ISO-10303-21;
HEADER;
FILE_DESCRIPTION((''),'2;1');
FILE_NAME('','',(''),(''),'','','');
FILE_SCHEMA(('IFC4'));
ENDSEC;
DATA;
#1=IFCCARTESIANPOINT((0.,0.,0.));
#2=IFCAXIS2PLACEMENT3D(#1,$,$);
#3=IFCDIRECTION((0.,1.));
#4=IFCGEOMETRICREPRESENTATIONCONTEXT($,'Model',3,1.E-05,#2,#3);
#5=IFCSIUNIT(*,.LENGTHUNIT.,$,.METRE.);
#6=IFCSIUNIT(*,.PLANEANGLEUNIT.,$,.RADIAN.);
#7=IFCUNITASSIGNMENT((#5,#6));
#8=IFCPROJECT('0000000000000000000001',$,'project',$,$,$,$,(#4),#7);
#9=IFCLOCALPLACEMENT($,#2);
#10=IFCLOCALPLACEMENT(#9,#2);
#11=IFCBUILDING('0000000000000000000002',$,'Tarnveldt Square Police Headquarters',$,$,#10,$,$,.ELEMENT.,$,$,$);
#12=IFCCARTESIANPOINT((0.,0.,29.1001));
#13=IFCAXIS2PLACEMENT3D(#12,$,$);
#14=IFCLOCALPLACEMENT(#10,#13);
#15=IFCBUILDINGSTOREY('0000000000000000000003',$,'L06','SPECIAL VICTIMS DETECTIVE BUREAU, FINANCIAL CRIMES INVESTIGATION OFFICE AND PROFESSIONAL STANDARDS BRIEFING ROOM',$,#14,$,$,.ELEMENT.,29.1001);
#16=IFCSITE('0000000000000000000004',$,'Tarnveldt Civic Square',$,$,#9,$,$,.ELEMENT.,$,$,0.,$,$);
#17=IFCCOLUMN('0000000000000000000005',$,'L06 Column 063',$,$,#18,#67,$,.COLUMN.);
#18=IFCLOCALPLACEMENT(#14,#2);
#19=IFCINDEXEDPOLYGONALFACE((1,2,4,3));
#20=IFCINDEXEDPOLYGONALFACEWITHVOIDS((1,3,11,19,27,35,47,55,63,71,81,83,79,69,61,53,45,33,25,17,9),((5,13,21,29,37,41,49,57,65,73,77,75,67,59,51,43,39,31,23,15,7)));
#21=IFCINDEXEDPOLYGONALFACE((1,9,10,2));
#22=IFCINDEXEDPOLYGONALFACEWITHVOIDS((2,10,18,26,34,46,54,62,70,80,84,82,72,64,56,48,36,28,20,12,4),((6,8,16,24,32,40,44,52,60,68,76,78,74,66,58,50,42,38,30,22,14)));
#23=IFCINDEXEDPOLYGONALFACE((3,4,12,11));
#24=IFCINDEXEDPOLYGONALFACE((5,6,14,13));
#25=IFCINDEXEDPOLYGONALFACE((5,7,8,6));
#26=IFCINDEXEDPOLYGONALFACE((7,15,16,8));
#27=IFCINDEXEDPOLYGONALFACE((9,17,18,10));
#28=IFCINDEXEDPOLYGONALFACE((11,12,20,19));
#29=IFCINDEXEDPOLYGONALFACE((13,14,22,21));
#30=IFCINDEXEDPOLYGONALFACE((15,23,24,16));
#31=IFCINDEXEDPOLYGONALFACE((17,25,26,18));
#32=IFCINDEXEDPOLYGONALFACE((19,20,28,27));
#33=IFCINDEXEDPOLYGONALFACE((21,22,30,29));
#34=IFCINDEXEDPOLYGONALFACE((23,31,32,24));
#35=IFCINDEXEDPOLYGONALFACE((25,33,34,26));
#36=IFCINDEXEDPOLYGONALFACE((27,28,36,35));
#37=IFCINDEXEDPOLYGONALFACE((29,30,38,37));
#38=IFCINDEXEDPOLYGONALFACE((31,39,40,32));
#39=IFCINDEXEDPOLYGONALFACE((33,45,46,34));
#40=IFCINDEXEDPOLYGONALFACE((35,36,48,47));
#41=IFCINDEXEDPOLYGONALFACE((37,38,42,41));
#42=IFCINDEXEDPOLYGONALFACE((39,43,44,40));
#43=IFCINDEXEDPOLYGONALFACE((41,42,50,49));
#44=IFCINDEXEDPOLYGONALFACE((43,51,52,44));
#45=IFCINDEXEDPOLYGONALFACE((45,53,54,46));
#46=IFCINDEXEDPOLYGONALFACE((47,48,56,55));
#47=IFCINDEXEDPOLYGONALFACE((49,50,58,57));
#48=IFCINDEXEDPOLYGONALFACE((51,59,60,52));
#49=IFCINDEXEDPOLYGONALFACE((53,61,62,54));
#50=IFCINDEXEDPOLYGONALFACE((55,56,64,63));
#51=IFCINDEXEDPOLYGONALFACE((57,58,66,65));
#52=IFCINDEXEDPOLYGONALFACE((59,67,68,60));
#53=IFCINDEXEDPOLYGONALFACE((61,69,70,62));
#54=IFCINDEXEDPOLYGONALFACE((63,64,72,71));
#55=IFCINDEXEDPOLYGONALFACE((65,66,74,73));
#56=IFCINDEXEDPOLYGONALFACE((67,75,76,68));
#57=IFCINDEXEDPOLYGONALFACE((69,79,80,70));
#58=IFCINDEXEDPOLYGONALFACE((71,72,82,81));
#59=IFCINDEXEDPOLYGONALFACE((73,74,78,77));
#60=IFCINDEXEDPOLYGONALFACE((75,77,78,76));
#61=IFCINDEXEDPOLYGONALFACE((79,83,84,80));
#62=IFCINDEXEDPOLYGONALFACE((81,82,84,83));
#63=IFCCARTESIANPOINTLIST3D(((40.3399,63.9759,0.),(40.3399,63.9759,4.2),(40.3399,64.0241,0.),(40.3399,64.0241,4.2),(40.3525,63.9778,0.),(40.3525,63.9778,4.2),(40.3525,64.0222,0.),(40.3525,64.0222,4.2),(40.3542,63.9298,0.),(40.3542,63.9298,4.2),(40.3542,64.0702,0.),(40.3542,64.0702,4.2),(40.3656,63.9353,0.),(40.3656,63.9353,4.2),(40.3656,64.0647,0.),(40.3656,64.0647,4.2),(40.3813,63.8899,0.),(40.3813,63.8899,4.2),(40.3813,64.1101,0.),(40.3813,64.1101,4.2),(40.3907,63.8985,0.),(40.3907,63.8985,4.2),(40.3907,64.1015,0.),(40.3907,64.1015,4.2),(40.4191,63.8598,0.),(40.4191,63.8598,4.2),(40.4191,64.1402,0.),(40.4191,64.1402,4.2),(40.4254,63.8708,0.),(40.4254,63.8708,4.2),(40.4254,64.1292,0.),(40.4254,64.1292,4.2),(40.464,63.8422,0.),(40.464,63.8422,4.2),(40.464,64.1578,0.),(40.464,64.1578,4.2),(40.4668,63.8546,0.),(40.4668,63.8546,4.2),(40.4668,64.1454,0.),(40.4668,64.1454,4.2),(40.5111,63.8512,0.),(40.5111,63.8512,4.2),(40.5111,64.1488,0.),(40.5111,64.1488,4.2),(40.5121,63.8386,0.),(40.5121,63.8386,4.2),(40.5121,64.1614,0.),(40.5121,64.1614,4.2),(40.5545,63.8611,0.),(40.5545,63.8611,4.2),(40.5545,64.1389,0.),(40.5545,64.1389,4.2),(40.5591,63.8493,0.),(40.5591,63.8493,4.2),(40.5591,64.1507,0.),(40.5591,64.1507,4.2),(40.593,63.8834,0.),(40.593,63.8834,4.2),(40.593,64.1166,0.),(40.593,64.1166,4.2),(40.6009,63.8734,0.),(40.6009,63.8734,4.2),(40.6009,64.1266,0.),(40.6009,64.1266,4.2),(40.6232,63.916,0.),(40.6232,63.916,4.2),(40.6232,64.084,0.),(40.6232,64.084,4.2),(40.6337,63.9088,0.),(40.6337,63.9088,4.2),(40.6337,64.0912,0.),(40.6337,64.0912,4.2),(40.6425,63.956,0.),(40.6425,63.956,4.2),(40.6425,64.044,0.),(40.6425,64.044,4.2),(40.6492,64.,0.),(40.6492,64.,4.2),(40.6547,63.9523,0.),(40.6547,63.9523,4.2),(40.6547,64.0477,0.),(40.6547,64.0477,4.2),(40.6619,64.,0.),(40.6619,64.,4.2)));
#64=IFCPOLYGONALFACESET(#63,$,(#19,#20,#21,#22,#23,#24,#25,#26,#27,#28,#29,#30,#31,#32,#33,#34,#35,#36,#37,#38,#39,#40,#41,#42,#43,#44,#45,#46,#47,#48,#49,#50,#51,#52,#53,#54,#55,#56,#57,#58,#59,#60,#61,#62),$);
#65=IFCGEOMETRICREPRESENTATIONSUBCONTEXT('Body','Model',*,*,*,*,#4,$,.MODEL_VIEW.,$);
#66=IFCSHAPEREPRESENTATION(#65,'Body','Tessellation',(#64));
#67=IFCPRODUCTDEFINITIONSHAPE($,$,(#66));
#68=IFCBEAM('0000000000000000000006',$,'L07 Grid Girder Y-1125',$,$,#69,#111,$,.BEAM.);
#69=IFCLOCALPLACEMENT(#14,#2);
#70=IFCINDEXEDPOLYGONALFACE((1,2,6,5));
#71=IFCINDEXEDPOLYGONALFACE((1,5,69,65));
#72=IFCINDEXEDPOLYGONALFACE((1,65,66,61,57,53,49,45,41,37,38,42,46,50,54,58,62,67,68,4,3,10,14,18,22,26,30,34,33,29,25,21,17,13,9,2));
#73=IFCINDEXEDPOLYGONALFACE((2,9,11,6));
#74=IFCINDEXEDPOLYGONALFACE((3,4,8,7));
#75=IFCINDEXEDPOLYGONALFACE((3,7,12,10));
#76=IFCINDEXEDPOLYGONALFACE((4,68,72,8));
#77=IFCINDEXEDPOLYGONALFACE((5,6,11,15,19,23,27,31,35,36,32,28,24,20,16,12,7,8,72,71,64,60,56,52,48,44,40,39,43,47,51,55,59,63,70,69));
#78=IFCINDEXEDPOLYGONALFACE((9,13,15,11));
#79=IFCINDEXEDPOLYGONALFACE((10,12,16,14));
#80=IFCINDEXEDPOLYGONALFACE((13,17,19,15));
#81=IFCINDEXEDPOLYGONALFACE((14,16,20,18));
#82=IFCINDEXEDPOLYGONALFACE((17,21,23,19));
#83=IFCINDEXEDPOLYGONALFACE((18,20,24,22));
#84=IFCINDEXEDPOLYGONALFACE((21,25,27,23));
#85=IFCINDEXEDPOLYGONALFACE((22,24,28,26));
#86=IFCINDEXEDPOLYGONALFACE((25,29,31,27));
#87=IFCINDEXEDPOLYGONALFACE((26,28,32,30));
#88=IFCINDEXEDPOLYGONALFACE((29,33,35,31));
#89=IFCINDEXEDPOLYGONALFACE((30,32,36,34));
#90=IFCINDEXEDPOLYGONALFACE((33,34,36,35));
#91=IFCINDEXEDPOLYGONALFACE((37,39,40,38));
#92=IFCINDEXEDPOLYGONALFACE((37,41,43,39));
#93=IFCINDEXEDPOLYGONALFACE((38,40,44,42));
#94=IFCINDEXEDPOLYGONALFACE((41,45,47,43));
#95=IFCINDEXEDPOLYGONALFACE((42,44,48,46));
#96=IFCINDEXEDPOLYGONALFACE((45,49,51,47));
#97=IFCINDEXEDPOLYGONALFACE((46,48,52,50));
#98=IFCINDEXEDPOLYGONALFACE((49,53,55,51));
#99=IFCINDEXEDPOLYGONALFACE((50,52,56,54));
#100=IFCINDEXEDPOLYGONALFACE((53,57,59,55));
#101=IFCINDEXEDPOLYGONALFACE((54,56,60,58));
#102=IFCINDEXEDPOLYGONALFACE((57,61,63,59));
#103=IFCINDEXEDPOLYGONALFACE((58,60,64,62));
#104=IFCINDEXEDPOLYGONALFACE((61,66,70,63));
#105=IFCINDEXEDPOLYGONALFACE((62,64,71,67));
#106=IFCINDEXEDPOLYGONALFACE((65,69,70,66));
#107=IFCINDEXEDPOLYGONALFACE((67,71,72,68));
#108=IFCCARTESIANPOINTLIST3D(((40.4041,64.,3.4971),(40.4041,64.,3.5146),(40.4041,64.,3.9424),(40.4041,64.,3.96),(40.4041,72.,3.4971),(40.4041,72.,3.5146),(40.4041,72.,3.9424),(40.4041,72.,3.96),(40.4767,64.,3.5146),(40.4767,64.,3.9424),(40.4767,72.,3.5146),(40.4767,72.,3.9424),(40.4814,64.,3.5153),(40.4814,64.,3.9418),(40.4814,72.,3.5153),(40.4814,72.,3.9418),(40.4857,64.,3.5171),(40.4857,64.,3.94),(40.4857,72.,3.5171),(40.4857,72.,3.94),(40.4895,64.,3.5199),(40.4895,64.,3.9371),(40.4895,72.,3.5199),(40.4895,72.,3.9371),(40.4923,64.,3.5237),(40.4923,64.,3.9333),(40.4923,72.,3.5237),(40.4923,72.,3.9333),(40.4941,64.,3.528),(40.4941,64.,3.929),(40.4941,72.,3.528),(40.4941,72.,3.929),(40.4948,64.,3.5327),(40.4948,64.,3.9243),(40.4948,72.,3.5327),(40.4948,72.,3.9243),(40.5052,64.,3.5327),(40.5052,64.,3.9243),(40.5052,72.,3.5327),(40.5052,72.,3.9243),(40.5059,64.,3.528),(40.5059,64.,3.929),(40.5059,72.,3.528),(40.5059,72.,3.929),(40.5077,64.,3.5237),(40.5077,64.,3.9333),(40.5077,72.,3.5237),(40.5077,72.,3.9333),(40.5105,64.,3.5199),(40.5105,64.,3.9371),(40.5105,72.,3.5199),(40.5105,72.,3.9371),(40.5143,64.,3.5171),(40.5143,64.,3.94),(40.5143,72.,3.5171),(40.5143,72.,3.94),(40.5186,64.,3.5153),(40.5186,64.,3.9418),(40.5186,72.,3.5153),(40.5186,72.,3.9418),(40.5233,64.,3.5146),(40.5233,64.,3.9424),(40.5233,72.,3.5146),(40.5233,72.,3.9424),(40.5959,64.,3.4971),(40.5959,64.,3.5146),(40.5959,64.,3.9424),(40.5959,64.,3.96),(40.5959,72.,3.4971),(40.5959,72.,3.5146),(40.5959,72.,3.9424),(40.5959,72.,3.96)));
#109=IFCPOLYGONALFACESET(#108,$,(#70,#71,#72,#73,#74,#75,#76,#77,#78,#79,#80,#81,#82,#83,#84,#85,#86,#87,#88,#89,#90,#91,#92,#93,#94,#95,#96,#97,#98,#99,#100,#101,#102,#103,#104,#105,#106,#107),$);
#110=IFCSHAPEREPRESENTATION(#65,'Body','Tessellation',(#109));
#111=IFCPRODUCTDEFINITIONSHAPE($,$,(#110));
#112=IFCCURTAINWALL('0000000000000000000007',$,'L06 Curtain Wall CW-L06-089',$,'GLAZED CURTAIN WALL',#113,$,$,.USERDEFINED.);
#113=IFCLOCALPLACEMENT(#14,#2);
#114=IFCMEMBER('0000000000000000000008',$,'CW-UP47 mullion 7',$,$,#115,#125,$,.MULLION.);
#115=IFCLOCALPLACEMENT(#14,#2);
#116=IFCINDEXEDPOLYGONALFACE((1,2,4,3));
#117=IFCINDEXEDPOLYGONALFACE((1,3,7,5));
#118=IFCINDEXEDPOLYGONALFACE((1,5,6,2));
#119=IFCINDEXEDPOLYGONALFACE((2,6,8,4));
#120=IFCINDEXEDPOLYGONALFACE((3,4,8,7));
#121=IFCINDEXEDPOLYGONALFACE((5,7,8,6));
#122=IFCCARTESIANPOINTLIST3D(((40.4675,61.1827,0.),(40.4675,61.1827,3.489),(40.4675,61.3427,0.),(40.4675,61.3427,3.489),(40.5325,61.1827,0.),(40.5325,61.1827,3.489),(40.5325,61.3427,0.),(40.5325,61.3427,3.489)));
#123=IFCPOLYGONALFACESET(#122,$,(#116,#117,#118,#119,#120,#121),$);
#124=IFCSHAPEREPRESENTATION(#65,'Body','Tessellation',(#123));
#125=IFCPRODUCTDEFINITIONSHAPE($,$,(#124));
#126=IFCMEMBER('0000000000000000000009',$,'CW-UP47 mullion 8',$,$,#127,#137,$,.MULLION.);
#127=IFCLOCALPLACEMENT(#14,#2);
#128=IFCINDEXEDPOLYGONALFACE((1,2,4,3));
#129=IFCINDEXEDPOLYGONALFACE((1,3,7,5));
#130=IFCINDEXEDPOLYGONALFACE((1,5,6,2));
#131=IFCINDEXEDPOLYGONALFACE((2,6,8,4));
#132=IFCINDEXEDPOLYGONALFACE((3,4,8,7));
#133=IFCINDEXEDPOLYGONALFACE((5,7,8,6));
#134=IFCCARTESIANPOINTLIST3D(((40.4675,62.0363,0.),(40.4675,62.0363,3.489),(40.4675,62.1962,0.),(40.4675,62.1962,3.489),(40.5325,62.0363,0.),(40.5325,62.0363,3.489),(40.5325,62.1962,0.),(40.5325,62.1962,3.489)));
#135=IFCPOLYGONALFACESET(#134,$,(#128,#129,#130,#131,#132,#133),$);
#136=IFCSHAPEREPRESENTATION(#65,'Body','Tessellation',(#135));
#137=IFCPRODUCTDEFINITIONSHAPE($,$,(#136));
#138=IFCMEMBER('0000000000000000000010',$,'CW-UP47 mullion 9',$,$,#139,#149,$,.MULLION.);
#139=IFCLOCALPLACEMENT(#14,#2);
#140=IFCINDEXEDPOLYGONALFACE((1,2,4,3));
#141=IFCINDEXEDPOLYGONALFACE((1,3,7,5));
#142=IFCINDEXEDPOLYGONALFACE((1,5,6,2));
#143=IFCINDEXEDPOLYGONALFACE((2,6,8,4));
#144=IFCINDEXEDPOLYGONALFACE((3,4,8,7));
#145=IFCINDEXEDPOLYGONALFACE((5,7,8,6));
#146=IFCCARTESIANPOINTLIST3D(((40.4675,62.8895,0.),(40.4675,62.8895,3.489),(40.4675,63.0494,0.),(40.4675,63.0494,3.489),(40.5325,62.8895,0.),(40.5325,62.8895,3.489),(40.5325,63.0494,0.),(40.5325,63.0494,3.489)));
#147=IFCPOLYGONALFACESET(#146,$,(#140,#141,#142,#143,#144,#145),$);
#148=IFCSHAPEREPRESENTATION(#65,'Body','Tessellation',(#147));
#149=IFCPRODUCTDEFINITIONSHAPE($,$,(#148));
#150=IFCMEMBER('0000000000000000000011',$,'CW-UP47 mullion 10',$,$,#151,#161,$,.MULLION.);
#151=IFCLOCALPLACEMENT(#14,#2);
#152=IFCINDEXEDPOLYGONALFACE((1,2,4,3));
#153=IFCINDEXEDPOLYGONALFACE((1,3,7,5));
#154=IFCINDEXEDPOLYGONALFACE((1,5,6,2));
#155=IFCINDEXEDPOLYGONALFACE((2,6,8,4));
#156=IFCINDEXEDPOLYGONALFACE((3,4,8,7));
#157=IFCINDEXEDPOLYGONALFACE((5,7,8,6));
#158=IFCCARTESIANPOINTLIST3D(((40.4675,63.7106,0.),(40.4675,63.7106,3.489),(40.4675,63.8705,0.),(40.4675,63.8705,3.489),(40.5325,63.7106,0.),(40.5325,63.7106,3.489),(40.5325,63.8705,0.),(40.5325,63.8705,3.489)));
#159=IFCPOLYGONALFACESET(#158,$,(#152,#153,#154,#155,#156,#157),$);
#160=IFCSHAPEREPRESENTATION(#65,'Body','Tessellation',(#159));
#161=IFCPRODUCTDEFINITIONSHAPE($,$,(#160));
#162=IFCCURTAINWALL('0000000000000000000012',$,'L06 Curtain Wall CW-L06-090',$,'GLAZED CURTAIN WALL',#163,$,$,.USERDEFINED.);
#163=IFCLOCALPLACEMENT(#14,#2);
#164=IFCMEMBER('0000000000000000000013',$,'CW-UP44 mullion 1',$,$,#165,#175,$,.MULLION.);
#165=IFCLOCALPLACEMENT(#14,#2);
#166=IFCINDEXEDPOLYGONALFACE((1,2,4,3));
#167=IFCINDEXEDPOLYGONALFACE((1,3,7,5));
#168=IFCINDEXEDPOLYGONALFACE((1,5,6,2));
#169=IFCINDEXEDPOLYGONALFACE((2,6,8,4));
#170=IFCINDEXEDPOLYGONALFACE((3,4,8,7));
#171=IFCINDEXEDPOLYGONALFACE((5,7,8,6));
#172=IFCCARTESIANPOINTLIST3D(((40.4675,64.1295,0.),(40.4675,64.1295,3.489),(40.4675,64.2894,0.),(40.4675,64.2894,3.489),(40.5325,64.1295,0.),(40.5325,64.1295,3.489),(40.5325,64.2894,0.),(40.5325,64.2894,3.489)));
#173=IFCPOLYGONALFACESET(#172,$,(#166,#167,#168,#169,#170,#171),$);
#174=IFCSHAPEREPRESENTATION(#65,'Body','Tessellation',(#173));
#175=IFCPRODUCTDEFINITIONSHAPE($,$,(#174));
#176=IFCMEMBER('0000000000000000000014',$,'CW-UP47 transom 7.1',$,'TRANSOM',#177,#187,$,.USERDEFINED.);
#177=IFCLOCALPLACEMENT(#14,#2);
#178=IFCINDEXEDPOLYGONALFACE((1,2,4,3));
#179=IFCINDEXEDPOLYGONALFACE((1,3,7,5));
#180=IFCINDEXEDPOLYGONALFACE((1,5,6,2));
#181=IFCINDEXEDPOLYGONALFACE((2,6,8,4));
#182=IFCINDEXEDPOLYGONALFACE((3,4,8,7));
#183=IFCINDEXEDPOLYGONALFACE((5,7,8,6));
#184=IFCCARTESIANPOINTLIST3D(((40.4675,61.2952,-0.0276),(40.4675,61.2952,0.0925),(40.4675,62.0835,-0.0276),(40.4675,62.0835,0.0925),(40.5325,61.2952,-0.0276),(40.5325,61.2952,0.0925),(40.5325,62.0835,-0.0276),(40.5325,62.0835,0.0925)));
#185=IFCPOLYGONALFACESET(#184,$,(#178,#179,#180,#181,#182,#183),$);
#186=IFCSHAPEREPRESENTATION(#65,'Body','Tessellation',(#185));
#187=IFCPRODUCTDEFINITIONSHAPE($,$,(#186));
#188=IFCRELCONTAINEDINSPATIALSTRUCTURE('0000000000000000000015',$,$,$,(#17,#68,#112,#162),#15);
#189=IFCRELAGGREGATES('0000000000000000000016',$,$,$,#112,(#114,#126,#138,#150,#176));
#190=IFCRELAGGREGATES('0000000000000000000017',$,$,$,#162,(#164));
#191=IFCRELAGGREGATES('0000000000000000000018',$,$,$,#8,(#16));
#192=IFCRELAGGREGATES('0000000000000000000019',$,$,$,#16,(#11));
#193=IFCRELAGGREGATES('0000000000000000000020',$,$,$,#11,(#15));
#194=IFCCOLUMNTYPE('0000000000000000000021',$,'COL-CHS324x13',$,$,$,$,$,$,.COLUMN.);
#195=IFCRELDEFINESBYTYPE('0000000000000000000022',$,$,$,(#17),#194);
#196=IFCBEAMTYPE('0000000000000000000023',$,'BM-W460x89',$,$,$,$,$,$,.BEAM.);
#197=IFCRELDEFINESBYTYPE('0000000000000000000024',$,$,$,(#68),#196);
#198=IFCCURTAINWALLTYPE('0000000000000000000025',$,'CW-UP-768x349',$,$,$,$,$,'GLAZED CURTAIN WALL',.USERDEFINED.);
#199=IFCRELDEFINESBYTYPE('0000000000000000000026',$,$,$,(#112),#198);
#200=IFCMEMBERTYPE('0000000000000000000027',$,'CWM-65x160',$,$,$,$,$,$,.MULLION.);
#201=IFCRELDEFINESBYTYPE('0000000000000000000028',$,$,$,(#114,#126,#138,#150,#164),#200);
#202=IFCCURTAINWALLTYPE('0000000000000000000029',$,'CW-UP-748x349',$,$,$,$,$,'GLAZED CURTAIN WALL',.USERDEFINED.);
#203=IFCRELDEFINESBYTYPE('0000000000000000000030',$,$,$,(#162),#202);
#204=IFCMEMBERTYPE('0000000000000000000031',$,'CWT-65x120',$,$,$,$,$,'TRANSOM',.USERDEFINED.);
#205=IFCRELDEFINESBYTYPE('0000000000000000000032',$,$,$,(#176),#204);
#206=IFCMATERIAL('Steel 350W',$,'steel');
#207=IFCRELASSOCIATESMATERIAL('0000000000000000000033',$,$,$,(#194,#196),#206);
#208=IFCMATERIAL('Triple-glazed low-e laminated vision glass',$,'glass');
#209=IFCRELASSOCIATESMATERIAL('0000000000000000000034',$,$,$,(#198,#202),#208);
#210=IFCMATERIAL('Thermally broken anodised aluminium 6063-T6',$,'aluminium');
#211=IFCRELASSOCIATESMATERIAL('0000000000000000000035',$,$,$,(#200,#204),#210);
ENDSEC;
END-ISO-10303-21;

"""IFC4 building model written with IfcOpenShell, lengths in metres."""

from ifc_helpers import new_model, si_unit, direction, frame, origin, origin_2d, place, context, subcontext, project, spatial, rectangle, hollow_circle, i_section, extrude, material, material_profile, profile_set, type_object, element, aggregate, save


model = new_model("IFC4")

# Units and contexts
model_context = context("Model", 3, precision=1e-05, world=origin(), true_north=direction((0.0, 1.0)))
body_context = subcontext(model_context, "Body", "Model", "MODEL_VIEW")
ifc_project = project(units=[si_unit("LENGTHUNIT", "METRE"), si_unit("PLANEANGLEUNIT", "RADIAN")], contexts=[model_context])

# Site, building, storey
site_placement = place(None, origin())
site = spatial("IfcSite", under=ifc_project, at=site_placement, Name="Tarnveldt Civic Square", CompositionType="ELEMENT", RefElevation=0.0)
building_placement = place(site_placement, origin())
building = spatial("IfcBuilding", under=site, at=building_placement, Name="Tarnveldt Square Police Headquarters", CompositionType="ELEMENT")
storey_placement = place(building_placement, frame((0.0, 0.0, 29.1001)))
storey = spatial("IfcBuildingStorey", under=building, at=storey_placement, Name="L06", Description="SPECIAL VICTIMS DETECTIVE BUREAU, FINANCIAL CRIMES INVESTIGATION OFFICE AND PROFESSIONAL STANDARDS BRIEFING ROOM", CompositionType="ELEMENT", Elevation=29.1001)

# Column
ifc_material_1 = material(Name="Steel 350W", Category="steel")
ifc_material_profile_1 = material_profile(ifc_material_1, hollow_circle(Radius=0.1619, WallThickness=0.0127, at=origin_2d()), Name="HSS324x13")
ifc_profile_set_1 = profile_set([ifc_material_profile_1], Name="Steel 350W")
column_type = type_object("IfcColumnType", Name="COL-CHS324x13", PredefinedType="COLUMN", material=ifc_profile_set_1)
column_placement = place(storey_placement, frame((40.5, 64.0, 0.0), z_axis=(0.0, 0.0, 1.0), x_axis=(1.0, 0.0, 0.0)))
element("IfcColumn", 1, at=column_placement, inside=storey, type_object=column_type, Name="L06 Column 063", PredefinedType="COLUMN", context=body_context, shape_type="SweptSolid", body=[
    extrude(hollow_circle(Radius=0.1619, WallThickness=0.0127, at=origin_2d()), origin(), (0.0, 0.0, 1.0), 4.2),
])

# Beam
ifc_material_profile_2 = material_profile(ifc_material_1, i_section(OverallWidth=0.1919, OverallDepth=0.4629, WebThickness=0.0105, FlangeThickness=0.0176, FilletRadius=0.0181, at=origin_2d()), Name="W460x89")
ifc_profile_set_2 = profile_set([ifc_material_profile_2], Name="Steel 350W")
beam_type = type_object("IfcBeamType", Name="BM-W460x89", PredefinedType="BEAM", material=ifc_profile_set_2)
beam_placement = place(storey_placement, frame((40.5, 64.0, 3.7285), z_axis=(0.0, 1.0, 0.0), x_axis=(-1.0, 0.0, 0.0)))
element("IfcBeam", 2, at=beam_placement, inside=storey, type_object=beam_type, Name="L07 Grid Girder Y-1125", PredefinedType="BEAM", context=body_context, shape_type="SweptSolid", body=[
    extrude(i_section(OverallWidth=0.1919, OverallDepth=0.4629, WebThickness=0.0105, FlangeThickness=0.0176, FilletRadius=0.0181, at=origin_2d()), origin(), (0.0, 0.0, 1.0), 8.0),
])

# Curtain wall, members
ifc_material_2 = material(Name="Triple-glazed low-e laminated vision glass", Category="glass")
curtain_wall_type_1 = type_object("IfcCurtainWallType", Name="CW-UP-768x349", ElementType="GLAZED CURTAIN WALL", PredefinedType="USERDEFINED", material=ifc_material_2)
curtain_wall_1_placement = place(storey_placement, origin())
curtain_wall_1 = element("IfcCurtainWall", 3, at=curtain_wall_1_placement, inside=storey, type_object=curtain_wall_type_1, Name="L06 Curtain Wall CW-L06-089", ObjectType="GLAZED CURTAIN WALL", PredefinedType="USERDEFINED")
ifc_material_3 = material(Name="Thermally broken anodised aluminium 6063-T6", Category="aluminium")
ifc_material_profile_3 = material_profile(ifc_material_3, rectangle(XDim=0.0649, YDim=0.1599, at=origin_2d()), Name="CW-M65x160")
ifc_profile_set_3 = profile_set([ifc_material_profile_3], Name="Thermally broken anodised aluminium 6063-T6")
member_type_1 = type_object("IfcMemberType", Name="CWM-65x160", PredefinedType="MULLION", material=ifc_profile_set_3)
member_1_placement = place(storey_placement, frame((40.5, 61.2627, 0.0), z_axis=(0.0, 0.0, 1.0), x_axis=(-1.0, 0.0, 0.0)))
member_1 = element("IfcMember", 4, at=member_1_placement, type_object=member_type_1, Name="CW-UP47 mullion 7", PredefinedType="MULLION", context=body_context, shape_type="SweptSolid", body=[
    extrude(rectangle(XDim=0.0649, YDim=0.1599, at=origin_2d()), origin(), (0.0, 0.0, 1.0), 3.489),
])
member_2_placement = place(storey_placement, frame((40.5, 62.1162, 0.0), z_axis=(0.0, 0.0, 1.0), x_axis=(-1.0, 0.0, 0.0)))
member_2 = element("IfcMember", 5, at=member_2_placement, type_object=member_type_1, Name="CW-UP47 mullion 8", PredefinedType="MULLION", context=body_context, shape_type="SweptSolid", body=[
    extrude(rectangle(XDim=0.0649, YDim=0.1599, at=origin_2d()), origin(), (0.0, 0.0, 1.0), 3.489),
])
member_3_placement = place(storey_placement, frame((40.5, 62.9695, 0.0), z_axis=(0.0, 0.0, 1.0), x_axis=(-1.0, 0.0, 0.0)))
member_3 = element("IfcMember", 6, at=member_3_placement, type_object=member_type_1, Name="CW-UP47 mullion 9", PredefinedType="MULLION", context=body_context, shape_type="SweptSolid", body=[
    extrude(rectangle(XDim=0.0649, YDim=0.1599, at=origin_2d()), origin(), (0.0, 0.0, 1.0), 3.489),
])
member_4_placement = place(storey_placement, frame((40.5, 63.7905, 0.0), z_axis=(0.0, 0.0, 1.0), x_axis=(-1.0, 0.0, 0.0)))
member_4 = element("IfcMember", 7, at=member_4_placement, type_object=member_type_1, Name="CW-UP47 mullion 10", PredefinedType="MULLION", context=body_context, shape_type="SweptSolid", body=[
    extrude(rectangle(XDim=0.0649, YDim=0.1599, at=origin_2d()), origin(), (0.0, 0.0, 1.0), 3.489),
])

# Curtain wall, member
curtain_wall_type_2 = type_object("IfcCurtainWallType", Name="CW-UP-748x349", ElementType="GLAZED CURTAIN WALL", PredefinedType="USERDEFINED", material=ifc_material_2)
curtain_wall_2_placement = place(storey_placement, origin())
curtain_wall_2 = element("IfcCurtainWall", 8, at=curtain_wall_2_placement, inside=storey, type_object=curtain_wall_type_2, Name="L06 Curtain Wall CW-L06-090", ObjectType="GLAZED CURTAIN WALL", PredefinedType="USERDEFINED")
member_5_placement = place(storey_placement, frame((40.5, 64.2095, 0.0), z_axis=(0.0, 0.0, 1.0), x_axis=(-1.0, 0.0, 0.0)))
member_5 = element("IfcMember", 9, at=member_5_placement, type_object=member_type_1, Name="CW-UP44 mullion 1", PredefinedType="MULLION", context=body_context, shape_type="SweptSolid", body=[
    extrude(rectangle(XDim=0.0649, YDim=0.1599, at=origin_2d()), origin(), (0.0, 0.0, 1.0), 3.489),
])

# Member
ifc_material_profile_4 = material_profile(ifc_material_3, rectangle(XDim=0.0649, YDim=0.1201, at=origin_2d()), Name="CW-T65x120")
ifc_profile_set_4 = profile_set([ifc_material_profile_4], Name="Thermally broken anodised aluminium 6063-T6")
member_type_2 = type_object("IfcMemberType", Name="CWT-65x120", ElementType="TRANSOM", PredefinedType="USERDEFINED", material=ifc_profile_set_4)
member_6_placement = place(storey_placement, frame((40.5, 61.2952, 0.0325), z_axis=(0.0, 1.0, 0.0), x_axis=(-1.0, 0.0, 0.0)))
member_6 = element("IfcMember", 10, at=member_6_placement, type_object=member_type_2, Name="CW-UP47 transom 7.1", ObjectType="TRANSOM", PredefinedType="USERDEFINED", context=body_context, shape_type="SweptSolid", body=[
    extrude(rectangle(XDim=0.0649, YDim=0.1201, at=origin_2d()), origin(), (0.0, 0.0, 1.0), 0.7883),
])

aggregate(curtain_wall_1, [member_1, member_2, member_3, member_4, member_6])
aggregate(curtain_wall_2, [member_5])

save(model, "model.ifc")
